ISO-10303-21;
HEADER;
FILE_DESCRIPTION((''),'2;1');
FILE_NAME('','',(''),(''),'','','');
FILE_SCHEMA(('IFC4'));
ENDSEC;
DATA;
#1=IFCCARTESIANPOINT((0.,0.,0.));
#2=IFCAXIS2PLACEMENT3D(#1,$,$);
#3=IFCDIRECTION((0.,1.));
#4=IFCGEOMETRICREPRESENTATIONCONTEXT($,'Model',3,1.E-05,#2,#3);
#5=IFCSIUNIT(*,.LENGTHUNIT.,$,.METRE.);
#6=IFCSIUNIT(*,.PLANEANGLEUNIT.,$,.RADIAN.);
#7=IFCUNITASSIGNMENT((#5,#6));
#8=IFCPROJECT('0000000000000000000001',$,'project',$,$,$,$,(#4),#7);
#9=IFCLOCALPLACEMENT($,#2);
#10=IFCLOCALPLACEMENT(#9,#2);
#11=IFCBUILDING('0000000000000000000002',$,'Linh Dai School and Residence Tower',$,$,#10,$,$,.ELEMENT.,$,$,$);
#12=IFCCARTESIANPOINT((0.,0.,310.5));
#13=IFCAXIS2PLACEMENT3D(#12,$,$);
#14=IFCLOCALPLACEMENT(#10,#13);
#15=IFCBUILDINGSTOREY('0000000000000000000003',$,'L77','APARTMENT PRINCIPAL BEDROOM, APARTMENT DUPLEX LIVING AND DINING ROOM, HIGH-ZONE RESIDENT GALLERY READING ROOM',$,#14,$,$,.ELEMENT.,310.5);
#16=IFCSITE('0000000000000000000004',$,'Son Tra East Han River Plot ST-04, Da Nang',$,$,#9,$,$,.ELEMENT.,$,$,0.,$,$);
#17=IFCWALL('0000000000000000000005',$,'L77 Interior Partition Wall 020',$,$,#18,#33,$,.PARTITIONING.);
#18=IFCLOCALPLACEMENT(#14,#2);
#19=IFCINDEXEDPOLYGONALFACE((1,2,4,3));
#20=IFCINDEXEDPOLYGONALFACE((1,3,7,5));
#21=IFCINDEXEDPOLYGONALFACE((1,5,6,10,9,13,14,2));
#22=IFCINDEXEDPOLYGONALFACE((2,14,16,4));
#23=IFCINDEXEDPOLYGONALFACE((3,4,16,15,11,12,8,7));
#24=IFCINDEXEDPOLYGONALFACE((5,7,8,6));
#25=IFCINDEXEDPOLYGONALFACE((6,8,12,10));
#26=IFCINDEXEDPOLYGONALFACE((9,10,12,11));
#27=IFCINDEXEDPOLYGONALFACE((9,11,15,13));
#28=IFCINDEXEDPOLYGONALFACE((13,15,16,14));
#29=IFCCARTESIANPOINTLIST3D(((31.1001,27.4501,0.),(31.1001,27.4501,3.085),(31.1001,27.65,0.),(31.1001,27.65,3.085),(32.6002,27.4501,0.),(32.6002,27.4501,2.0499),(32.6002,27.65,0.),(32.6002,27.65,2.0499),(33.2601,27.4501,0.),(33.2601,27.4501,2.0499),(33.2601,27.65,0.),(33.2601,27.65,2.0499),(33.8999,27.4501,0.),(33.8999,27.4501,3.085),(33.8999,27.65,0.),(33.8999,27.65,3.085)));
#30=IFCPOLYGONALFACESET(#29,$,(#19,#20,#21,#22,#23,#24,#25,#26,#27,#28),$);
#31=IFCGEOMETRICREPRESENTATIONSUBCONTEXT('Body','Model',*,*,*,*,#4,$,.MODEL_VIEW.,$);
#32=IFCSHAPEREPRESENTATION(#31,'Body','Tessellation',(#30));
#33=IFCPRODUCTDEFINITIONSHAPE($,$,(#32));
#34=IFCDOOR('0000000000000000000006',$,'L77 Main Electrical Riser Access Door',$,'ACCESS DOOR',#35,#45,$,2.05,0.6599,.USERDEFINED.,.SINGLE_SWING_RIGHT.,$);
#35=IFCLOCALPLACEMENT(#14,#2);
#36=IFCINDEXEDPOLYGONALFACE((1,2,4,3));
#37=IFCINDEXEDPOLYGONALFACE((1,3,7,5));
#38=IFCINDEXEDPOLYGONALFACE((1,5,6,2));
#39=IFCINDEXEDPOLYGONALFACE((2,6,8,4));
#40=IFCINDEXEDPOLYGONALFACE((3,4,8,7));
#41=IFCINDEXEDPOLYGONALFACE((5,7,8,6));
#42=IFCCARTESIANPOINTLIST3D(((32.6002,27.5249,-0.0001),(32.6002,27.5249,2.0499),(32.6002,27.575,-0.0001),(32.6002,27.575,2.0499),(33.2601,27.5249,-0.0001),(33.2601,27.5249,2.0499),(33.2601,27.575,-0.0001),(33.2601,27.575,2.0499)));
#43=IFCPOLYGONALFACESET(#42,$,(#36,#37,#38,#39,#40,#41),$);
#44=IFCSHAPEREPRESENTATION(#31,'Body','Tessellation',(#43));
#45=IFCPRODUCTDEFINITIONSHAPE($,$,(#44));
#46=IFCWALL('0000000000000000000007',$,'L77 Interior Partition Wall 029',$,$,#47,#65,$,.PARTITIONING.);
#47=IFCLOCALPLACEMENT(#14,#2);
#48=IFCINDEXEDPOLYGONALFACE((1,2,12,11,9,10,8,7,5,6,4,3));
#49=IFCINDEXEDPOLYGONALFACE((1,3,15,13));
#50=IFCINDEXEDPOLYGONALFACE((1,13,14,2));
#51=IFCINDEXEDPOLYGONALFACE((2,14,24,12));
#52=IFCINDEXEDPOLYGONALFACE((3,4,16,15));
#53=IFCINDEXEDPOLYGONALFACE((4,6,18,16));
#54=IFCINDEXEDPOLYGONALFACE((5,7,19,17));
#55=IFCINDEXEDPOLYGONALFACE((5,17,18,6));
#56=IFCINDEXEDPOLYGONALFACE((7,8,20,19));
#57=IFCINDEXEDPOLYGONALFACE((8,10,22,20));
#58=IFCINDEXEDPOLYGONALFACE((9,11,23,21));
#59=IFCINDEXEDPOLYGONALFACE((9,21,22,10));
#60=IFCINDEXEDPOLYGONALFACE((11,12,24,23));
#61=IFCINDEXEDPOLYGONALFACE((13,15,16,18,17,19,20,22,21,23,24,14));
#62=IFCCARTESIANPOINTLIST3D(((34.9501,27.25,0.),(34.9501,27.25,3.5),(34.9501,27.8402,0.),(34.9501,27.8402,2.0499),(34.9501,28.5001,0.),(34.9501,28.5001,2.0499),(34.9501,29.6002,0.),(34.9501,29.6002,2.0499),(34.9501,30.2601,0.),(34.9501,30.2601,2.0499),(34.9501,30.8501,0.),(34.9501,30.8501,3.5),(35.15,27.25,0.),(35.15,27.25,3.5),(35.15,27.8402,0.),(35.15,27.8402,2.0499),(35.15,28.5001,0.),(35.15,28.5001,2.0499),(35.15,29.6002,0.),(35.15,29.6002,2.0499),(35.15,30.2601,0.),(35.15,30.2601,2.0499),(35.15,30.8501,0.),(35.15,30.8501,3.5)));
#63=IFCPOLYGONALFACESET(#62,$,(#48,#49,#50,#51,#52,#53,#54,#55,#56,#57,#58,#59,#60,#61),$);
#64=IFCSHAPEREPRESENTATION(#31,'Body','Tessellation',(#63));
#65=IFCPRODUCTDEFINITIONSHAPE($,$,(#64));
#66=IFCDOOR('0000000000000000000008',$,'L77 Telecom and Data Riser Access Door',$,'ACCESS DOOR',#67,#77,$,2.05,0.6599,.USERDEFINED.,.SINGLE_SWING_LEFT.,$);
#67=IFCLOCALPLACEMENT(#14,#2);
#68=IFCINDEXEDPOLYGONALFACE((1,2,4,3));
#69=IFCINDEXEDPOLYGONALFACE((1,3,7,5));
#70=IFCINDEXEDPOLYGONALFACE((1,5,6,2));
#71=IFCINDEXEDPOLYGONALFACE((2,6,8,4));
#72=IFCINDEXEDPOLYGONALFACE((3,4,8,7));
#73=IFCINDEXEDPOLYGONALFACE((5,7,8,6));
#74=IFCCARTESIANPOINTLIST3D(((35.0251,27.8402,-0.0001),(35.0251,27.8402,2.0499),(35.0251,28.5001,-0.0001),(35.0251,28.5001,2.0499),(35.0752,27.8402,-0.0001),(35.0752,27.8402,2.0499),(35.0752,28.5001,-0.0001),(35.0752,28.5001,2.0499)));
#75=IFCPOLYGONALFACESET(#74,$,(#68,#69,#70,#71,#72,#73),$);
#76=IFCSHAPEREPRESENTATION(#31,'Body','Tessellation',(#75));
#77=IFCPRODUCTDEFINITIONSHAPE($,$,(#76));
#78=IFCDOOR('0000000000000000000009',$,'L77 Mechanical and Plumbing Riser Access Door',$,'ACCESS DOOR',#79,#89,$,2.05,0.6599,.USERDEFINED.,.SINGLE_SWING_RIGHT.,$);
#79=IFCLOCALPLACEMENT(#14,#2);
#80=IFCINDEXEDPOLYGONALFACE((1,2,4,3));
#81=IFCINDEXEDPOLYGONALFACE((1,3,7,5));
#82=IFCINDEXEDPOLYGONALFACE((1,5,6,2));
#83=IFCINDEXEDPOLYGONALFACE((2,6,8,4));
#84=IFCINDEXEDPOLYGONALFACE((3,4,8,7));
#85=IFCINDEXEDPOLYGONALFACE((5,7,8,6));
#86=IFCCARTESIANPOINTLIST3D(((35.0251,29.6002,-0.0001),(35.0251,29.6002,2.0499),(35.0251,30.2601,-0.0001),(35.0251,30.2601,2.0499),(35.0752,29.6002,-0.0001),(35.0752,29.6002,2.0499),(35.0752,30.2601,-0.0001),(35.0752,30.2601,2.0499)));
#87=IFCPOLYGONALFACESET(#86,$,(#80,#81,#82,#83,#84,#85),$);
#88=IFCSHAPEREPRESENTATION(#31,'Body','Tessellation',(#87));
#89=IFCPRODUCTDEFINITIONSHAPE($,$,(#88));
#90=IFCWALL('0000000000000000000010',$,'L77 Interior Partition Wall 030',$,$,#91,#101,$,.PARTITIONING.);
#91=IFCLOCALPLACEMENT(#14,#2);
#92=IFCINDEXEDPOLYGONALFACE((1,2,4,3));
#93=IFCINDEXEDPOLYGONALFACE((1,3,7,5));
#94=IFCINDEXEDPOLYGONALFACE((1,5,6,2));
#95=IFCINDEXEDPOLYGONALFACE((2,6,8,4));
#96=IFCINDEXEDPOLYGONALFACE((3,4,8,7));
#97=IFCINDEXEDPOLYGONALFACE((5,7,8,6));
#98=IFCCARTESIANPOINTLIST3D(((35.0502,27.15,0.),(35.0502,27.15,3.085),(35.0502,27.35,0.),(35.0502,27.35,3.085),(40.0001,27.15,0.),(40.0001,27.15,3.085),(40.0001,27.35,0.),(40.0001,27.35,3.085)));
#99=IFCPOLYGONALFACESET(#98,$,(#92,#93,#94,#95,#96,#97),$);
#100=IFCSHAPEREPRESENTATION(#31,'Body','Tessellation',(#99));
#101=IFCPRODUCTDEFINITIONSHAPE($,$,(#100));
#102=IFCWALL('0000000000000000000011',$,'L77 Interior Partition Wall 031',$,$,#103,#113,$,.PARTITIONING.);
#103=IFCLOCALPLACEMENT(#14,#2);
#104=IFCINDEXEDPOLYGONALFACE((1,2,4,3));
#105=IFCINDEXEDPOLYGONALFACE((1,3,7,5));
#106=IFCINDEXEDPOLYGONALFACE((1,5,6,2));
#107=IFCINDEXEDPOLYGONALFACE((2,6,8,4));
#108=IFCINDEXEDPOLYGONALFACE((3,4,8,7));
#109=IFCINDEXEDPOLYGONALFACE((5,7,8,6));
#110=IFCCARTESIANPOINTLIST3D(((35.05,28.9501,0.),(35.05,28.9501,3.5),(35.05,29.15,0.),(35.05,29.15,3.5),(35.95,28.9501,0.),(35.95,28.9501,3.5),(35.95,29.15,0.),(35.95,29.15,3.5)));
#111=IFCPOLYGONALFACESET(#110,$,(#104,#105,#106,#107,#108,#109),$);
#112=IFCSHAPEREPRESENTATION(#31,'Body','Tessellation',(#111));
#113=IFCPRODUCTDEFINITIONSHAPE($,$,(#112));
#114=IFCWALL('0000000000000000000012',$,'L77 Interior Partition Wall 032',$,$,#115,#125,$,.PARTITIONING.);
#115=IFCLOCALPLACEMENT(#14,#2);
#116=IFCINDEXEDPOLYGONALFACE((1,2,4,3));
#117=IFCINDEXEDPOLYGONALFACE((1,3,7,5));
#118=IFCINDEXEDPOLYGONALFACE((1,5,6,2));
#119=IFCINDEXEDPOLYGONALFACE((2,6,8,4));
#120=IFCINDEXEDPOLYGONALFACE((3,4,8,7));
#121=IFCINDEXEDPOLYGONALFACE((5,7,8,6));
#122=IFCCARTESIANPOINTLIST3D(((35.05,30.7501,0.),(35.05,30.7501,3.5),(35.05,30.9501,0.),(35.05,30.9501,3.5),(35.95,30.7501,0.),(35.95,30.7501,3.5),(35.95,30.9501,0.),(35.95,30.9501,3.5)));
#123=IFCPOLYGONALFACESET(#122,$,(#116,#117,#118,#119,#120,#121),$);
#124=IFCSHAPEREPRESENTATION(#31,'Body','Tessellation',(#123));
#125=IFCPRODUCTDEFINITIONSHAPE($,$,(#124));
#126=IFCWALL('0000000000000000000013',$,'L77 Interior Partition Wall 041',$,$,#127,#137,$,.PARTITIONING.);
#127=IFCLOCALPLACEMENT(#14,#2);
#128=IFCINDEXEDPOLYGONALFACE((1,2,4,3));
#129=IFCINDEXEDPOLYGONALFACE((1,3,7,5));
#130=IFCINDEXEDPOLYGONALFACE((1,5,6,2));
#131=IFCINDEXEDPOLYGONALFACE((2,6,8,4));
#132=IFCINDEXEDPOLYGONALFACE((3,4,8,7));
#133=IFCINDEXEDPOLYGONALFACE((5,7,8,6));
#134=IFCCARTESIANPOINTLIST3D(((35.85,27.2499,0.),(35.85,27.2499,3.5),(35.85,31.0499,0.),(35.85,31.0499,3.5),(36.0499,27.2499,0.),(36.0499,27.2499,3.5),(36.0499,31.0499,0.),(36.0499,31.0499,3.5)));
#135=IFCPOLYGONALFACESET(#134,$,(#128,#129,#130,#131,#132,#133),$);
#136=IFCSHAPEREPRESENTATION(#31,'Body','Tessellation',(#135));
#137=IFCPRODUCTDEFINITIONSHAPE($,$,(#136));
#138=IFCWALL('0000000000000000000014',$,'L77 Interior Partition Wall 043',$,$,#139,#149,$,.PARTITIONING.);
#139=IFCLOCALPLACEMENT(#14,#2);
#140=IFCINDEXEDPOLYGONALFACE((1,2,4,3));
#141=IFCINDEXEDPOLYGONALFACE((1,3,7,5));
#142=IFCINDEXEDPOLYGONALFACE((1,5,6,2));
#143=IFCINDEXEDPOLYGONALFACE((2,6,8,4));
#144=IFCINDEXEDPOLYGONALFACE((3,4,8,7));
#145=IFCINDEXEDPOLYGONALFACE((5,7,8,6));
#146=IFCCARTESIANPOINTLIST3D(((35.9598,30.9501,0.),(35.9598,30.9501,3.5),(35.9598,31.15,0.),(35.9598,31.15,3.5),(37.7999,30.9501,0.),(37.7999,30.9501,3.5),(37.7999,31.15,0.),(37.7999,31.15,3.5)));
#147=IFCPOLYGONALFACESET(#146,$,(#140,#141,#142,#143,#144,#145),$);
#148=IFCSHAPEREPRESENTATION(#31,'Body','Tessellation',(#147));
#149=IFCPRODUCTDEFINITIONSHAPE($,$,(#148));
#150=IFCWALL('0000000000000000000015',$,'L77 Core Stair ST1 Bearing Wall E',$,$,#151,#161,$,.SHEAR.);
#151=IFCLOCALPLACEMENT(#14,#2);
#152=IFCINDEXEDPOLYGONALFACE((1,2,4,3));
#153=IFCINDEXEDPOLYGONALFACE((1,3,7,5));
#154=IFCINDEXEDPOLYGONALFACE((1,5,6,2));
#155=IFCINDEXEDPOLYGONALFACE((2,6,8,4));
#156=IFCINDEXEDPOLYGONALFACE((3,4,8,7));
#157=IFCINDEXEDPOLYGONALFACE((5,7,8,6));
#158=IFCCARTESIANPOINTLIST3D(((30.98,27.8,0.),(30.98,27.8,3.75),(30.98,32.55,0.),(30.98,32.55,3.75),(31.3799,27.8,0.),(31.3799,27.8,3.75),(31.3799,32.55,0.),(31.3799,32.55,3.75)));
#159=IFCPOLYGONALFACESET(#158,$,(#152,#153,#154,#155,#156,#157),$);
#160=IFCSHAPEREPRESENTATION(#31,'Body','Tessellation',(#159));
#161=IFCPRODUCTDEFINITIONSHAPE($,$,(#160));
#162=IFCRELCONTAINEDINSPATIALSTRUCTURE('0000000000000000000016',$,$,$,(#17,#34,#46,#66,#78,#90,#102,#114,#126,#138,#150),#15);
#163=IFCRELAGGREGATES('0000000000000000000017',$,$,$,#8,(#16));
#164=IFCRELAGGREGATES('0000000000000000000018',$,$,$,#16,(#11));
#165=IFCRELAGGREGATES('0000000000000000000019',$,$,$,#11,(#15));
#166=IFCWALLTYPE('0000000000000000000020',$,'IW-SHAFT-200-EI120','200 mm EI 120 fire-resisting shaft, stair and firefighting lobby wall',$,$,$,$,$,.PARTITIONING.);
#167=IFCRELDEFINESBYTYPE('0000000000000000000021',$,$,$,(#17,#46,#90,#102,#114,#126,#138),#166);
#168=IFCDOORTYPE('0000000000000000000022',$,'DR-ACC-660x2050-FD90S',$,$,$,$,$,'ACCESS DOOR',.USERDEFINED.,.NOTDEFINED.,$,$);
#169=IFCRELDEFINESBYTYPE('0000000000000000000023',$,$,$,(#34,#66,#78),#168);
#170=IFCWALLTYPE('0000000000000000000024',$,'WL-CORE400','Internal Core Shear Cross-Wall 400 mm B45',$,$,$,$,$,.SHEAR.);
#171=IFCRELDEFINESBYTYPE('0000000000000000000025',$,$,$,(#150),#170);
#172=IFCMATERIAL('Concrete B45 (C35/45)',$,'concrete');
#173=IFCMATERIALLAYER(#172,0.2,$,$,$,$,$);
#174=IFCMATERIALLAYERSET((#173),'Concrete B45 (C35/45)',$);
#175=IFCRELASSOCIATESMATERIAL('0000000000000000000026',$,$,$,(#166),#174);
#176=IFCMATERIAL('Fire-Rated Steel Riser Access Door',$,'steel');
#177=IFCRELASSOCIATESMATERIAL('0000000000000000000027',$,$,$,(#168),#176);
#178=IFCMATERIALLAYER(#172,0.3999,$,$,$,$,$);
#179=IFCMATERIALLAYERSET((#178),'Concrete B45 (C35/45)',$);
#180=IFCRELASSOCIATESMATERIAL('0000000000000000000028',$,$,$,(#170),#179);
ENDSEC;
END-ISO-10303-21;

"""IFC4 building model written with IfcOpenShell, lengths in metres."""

from ifc_helpers import new_model, si_unit, direction, frame, frame_2d, origin, origin_2d, place, context, subcontext, project, spatial, rectangle, extrude, source, transform, mapped, material, layer, layer_set, type_object, element, fill, save


model = new_model("IFC4")

# Units and contexts
model_context = context("Model", 3, precision=1e-05, world=origin(), true_north=direction((0.0, 1.0)))
body_context = subcontext(model_context, "Body", "Model", "MODEL_VIEW")
ifc_project = project(units=[si_unit("LENGTHUNIT", "METRE"), si_unit("PLANEANGLEUNIT", "RADIAN")], contexts=[model_context])

# Site, building, storey
site_placement = place(None, origin())
site = spatial("IfcSite", under=ifc_project, at=site_placement, Name="Son Tra East Han River Plot ST-04, Da Nang", CompositionType="ELEMENT", RefElevation=0.0)
building_placement = place(site_placement, origin())
building = spatial("IfcBuilding", under=site, at=building_placement, Name="Linh Dai School and Residence Tower", CompositionType="ELEMENT")
storey_placement = place(building_placement, frame((0.0, 0.0, 310.5)))
storey = spatial("IfcBuildingStorey", under=building, at=storey_placement, Name="L77", Description="APARTMENT PRINCIPAL BEDROOM, APARTMENT DUPLEX LIVING AND DINING ROOM, HIGH-ZONE RESIDENT GALLERY READING ROOM", CompositionType="ELEMENT", Elevation=310.5)

# Wall, opening, door
ifc_material_1 = material(Name="Concrete B45 (C35/45)", Category="concrete")
ifc_layer_1 = layer(ifc_material_1, 0.2)
ifc_layer_set_1 = layer_set([ifc_layer_1], Name="Concrete B45 (C35/45)")
wall_type_1 = type_object("IfcWallType", Name="IW-SHAFT-200-EI120", Description="200 mm EI 120 fire-resisting shaft, stair and firefighting lobby wall", PredefinedType="PARTITIONING", material=ifc_layer_set_1)
wall_1_placement = place(storey_placement, frame((31.1001, 27.55, 0.0), z_axis=(0.0, 0.0, 1.0), x_axis=(1.0, 0.0, 0.0)))
wall_1 = element("IfcWall", 1, at=wall_1_placement, inside=storey, type_object=wall_type_1, Name="L77 Interior Partition Wall 020", PredefinedType="PARTITIONING", context=body_context, shape_type="SweptSolid", body=[
    extrude(rectangle(XDim=2.7998, YDim=0.2, at=frame_2d((1.3999, 0.0))), origin(), (0.0, 0.0, 1.0), 3.085),
])
opening_1_placement = place(wall_1_placement, frame((1.5, 0.0, 0.0)))
opening_1 = element("IfcOpeningElement", 2, at=opening_1_placement, cuts=wall_1, PredefinedType="OPENING", context=body_context, shape_type="SweptSolid", body=[
    extrude(rectangle(XDim=0.6599, YDim=2.05, at=origin_2d()), frame((0.3301, 0.1099, 1.0249), z_axis=(0.0, -1.0, 0.0), x_axis=(1.0, 0.0, 0.0)), (0.0, 0.0, 1.0), 0.22),
])
ifc_material_2 = material(Name="Fire-Rated Steel Riser Access Door", Category="steel")
door_type_1 = type_object("IfcDoorType", Name="DR-ACC-660x2050-FD90S", ElementType="ACCESS DOOR", OperationType="NOTDEFINED", PredefinedType="USERDEFINED", material=ifc_material_2)
shared_shape_1 = source(origin(), body_context, "Body", "SweptSolid", [
    extrude(rectangle(XDim=0.6599, YDim=2.05, at=origin_2d()), frame((0.3301, 0.0249, 1.0249), z_axis=(0.0, -1.0, 0.0), x_axis=(1.0, 0.0, 0.0)), (0.0, 0.0, 1.0), 0.05),
])
door_1_placement = place(opening_1_placement, origin())
door_1 = element("IfcDoor", 3, at=door_1_placement, inside=storey, type_object=door_type_1, Name="L77 Main Electrical Riser Access Door", ObjectType="ACCESS DOOR", OperationType="SINGLE_SWING_RIGHT", OverallHeight=2.05, OverallWidth=0.6599, PredefinedType="USERDEFINED", context=body_context, shape_type="MappedRepresentation", body=[
    mapped(shared_shape_1, transform((0.0, 0.0, 0.0), x_axis=(1.0, 0.0, 0.0), y_axis=(0.0, 1.0, 0.0), z_axis=(0.0, 0.0, 1.0), scale=1.0)),
])
fill(opening_1, door_1)

# Wall, openings, doors
wall_2_placement = place(storey_placement, frame((35.05, 27.25, 0.0), z_axis=(0.0, 0.0, 1.0), x_axis=(0.0, 1.0, 0.0)))
wall_2 = element("IfcWall", 4, at=wall_2_placement, inside=storey, type_object=wall_type_1, Name="L77 Interior Partition Wall 029", PredefinedType="PARTITIONING", context=body_context, shape_type="SweptSolid", body=[
    extrude(rectangle(XDim=3.6001, YDim=0.2, at=frame_2d((1.8, 0.0))), origin(), (0.0, 0.0, 1.0), 3.5),
])
opening_2_placement = place(wall_2_placement, frame((0.5901, 0.0, 0.0)))
opening_2 = element("IfcOpeningElement", 5, at=opening_2_placement, cuts=wall_2, PredefinedType="OPENING", context=body_context, shape_type="SweptSolid", body=[
    extrude(rectangle(XDim=0.6599, YDim=2.05, at=origin_2d()), frame((0.3301, 0.1099, 1.0249), z_axis=(0.0, -1.0, 0.0), x_axis=(1.0, 0.0, 0.0)), (0.0, 0.0, 1.0), 0.22),
])
opening_3_placement = place(wall_2_placement, frame((2.3501, 0.0, 0.0)))
opening_3 = element("IfcOpeningElement", 6, at=opening_3_placement, cuts=wall_2, PredefinedType="OPENING", context=body_context, shape_type="SweptSolid", body=[
    extrude(rectangle(XDim=0.6599, YDim=2.05, at=origin_2d()), frame((0.3301, 0.1099, 1.0249), z_axis=(0.0, -1.0, 0.0), x_axis=(1.0, 0.0, 0.0)), (0.0, 0.0, 1.0), 0.22),
])
door_2_placement = place(opening_2_placement, origin())
door_2 = element("IfcDoor", 7, at=door_2_placement, inside=storey, type_object=door_type_1, Name="L77 Telecom and Data Riser Access Door", ObjectType="ACCESS DOOR", OperationType="SINGLE_SWING_LEFT", OverallHeight=2.05, OverallWidth=0.6599, PredefinedType="USERDEFINED", context=body_context, shape_type="MappedRepresentation", body=[
    mapped(shared_shape_1, transform((0.0, 0.0, 0.0), x_axis=(1.0, 0.0, 0.0), y_axis=(0.0, 1.0, 0.0), z_axis=(0.0, 0.0, 1.0), scale=1.0)),
])
fill(opening_2, door_2)
door_3_placement = place(opening_3_placement, origin())
door_3 = element("IfcDoor", 8, at=door_3_placement, inside=storey, type_object=door_type_1, Name="L77 Mechanical and Plumbing Riser Access Door", ObjectType="ACCESS DOOR", OperationType="SINGLE_SWING_RIGHT", OverallHeight=2.05, OverallWidth=0.6599, PredefinedType="USERDEFINED", context=body_context, shape_type="MappedRepresentation", body=[
    mapped(shared_shape_1, transform((0.0, 0.0, 0.0), x_axis=(1.0, 0.0, 0.0), y_axis=(0.0, 1.0, 0.0), z_axis=(0.0, 0.0, 1.0), scale=1.0)),
])
fill(opening_3, door_3)

# Walls
wall_3_placement = place(storey_placement, frame((35.05, 27.25, 0.0), z_axis=(0.0, 0.0, 1.0), x_axis=(1.0, 0.0, 0.0)))
element("IfcWall", 9, at=wall_3_placement, inside=storey, type_object=wall_type_1, Name="L77 Interior Partition Wall 030", PredefinedType="PARTITIONING", context=body_context, shape_type="SweptSolid", body=[
    extrude(rectangle(XDim=4.95, YDim=0.2, at=frame_2d((2.4751, 0.0))), origin(), (0.0, 0.0, 1.0), 3.085),
])
for number, where, z_axis, x_axis, name in (
    (10, (35.05, 29.05, 0.0), (0.0, 0.0, 1.0), (1.0, 0.0, 0.0), "L77 Interior Partition Wall 031"),
    (11, (35.05, 30.8501, 0.0), (0.0, 0.0, 1.0), (1.0, 0.0, 0.0), "L77 Interior Partition Wall 032"),
):
    element("IfcWall", number, at=place(storey_placement, frame(where, z_axis=z_axis, x_axis=x_axis)), inside=storey, type_object=wall_type_1, Name=name, PredefinedType="PARTITIONING", context=body_context, shape_type="SweptSolid", body=[
        extrude(rectangle(XDim=0.8999, YDim=0.2, at=frame_2d((0.45, 0.0))), origin(), (0.0, 0.0, 1.0), 3.5),
    ])
wall_4_placement = place(storey_placement, frame((35.95, 27.25, 0.0), z_axis=(0.0, 0.0, 1.0), x_axis=(0.0, 1.0, 0.0)))
element("IfcWall", 12, at=wall_4_placement, inside=storey, type_object=wall_type_1, Name="L77 Interior Partition Wall 041", PredefinedType="PARTITIONING", context=body_context, shape_type="SweptSolid", body=[
    extrude(rectangle(XDim=3.8, YDim=0.2, at=frame_2d((1.8999, 0.0))), origin(), (0.0, 0.0, 1.0), 3.5),
])

# Walls
wall_5_placement = place(storey_placement, frame((35.96, 31.05, 0.0), z_axis=(0.0, 0.0, 1.0), x_axis=(1.0, 0.0, 0.0)))
element("IfcWall", 13, at=wall_5_placement, inside=storey, type_object=wall_type_1, Name="L77 Interior Partition Wall 043", PredefinedType="PARTITIONING", context=body_context, shape_type="SweptSolid", body=[
    extrude(rectangle(XDim=1.8401, YDim=0.2, at=frame_2d((0.9199, 0.0))), origin(), (0.0, 0.0, 1.0), 3.5),
])
ifc_layer_2 = layer(ifc_material_1, 0.3999)
ifc_layer_set_2 = layer_set([ifc_layer_2], Name="Concrete B45 (C35/45)")
wall_type_2 = type_object("IfcWallType", Name="WL-CORE400", Description="Internal Core Shear Cross-Wall 400 mm B45", PredefinedType="SHEAR", material=ifc_layer_set_2)
wall_6_placement = place(storey_placement, frame((31.1799, 27.8, 0.0), z_axis=(0.0, 0.0, 1.0), x_axis=(0.0, 1.0, 0.0)))
element("IfcWall", 14, at=wall_6_placement, inside=storey, type_object=wall_type_2, Name="L77 Core Stair ST1 Bearing Wall E", PredefinedType="SHEAR", context=body_context, shape_type="SweptSolid", body=[
    extrude(rectangle(XDim=4.75, YDim=0.3999, at=frame_2d((2.375, 0.0))), origin(), (0.0, 0.0, 1.0), 3.75),
])

save(model, "model.ifc")
